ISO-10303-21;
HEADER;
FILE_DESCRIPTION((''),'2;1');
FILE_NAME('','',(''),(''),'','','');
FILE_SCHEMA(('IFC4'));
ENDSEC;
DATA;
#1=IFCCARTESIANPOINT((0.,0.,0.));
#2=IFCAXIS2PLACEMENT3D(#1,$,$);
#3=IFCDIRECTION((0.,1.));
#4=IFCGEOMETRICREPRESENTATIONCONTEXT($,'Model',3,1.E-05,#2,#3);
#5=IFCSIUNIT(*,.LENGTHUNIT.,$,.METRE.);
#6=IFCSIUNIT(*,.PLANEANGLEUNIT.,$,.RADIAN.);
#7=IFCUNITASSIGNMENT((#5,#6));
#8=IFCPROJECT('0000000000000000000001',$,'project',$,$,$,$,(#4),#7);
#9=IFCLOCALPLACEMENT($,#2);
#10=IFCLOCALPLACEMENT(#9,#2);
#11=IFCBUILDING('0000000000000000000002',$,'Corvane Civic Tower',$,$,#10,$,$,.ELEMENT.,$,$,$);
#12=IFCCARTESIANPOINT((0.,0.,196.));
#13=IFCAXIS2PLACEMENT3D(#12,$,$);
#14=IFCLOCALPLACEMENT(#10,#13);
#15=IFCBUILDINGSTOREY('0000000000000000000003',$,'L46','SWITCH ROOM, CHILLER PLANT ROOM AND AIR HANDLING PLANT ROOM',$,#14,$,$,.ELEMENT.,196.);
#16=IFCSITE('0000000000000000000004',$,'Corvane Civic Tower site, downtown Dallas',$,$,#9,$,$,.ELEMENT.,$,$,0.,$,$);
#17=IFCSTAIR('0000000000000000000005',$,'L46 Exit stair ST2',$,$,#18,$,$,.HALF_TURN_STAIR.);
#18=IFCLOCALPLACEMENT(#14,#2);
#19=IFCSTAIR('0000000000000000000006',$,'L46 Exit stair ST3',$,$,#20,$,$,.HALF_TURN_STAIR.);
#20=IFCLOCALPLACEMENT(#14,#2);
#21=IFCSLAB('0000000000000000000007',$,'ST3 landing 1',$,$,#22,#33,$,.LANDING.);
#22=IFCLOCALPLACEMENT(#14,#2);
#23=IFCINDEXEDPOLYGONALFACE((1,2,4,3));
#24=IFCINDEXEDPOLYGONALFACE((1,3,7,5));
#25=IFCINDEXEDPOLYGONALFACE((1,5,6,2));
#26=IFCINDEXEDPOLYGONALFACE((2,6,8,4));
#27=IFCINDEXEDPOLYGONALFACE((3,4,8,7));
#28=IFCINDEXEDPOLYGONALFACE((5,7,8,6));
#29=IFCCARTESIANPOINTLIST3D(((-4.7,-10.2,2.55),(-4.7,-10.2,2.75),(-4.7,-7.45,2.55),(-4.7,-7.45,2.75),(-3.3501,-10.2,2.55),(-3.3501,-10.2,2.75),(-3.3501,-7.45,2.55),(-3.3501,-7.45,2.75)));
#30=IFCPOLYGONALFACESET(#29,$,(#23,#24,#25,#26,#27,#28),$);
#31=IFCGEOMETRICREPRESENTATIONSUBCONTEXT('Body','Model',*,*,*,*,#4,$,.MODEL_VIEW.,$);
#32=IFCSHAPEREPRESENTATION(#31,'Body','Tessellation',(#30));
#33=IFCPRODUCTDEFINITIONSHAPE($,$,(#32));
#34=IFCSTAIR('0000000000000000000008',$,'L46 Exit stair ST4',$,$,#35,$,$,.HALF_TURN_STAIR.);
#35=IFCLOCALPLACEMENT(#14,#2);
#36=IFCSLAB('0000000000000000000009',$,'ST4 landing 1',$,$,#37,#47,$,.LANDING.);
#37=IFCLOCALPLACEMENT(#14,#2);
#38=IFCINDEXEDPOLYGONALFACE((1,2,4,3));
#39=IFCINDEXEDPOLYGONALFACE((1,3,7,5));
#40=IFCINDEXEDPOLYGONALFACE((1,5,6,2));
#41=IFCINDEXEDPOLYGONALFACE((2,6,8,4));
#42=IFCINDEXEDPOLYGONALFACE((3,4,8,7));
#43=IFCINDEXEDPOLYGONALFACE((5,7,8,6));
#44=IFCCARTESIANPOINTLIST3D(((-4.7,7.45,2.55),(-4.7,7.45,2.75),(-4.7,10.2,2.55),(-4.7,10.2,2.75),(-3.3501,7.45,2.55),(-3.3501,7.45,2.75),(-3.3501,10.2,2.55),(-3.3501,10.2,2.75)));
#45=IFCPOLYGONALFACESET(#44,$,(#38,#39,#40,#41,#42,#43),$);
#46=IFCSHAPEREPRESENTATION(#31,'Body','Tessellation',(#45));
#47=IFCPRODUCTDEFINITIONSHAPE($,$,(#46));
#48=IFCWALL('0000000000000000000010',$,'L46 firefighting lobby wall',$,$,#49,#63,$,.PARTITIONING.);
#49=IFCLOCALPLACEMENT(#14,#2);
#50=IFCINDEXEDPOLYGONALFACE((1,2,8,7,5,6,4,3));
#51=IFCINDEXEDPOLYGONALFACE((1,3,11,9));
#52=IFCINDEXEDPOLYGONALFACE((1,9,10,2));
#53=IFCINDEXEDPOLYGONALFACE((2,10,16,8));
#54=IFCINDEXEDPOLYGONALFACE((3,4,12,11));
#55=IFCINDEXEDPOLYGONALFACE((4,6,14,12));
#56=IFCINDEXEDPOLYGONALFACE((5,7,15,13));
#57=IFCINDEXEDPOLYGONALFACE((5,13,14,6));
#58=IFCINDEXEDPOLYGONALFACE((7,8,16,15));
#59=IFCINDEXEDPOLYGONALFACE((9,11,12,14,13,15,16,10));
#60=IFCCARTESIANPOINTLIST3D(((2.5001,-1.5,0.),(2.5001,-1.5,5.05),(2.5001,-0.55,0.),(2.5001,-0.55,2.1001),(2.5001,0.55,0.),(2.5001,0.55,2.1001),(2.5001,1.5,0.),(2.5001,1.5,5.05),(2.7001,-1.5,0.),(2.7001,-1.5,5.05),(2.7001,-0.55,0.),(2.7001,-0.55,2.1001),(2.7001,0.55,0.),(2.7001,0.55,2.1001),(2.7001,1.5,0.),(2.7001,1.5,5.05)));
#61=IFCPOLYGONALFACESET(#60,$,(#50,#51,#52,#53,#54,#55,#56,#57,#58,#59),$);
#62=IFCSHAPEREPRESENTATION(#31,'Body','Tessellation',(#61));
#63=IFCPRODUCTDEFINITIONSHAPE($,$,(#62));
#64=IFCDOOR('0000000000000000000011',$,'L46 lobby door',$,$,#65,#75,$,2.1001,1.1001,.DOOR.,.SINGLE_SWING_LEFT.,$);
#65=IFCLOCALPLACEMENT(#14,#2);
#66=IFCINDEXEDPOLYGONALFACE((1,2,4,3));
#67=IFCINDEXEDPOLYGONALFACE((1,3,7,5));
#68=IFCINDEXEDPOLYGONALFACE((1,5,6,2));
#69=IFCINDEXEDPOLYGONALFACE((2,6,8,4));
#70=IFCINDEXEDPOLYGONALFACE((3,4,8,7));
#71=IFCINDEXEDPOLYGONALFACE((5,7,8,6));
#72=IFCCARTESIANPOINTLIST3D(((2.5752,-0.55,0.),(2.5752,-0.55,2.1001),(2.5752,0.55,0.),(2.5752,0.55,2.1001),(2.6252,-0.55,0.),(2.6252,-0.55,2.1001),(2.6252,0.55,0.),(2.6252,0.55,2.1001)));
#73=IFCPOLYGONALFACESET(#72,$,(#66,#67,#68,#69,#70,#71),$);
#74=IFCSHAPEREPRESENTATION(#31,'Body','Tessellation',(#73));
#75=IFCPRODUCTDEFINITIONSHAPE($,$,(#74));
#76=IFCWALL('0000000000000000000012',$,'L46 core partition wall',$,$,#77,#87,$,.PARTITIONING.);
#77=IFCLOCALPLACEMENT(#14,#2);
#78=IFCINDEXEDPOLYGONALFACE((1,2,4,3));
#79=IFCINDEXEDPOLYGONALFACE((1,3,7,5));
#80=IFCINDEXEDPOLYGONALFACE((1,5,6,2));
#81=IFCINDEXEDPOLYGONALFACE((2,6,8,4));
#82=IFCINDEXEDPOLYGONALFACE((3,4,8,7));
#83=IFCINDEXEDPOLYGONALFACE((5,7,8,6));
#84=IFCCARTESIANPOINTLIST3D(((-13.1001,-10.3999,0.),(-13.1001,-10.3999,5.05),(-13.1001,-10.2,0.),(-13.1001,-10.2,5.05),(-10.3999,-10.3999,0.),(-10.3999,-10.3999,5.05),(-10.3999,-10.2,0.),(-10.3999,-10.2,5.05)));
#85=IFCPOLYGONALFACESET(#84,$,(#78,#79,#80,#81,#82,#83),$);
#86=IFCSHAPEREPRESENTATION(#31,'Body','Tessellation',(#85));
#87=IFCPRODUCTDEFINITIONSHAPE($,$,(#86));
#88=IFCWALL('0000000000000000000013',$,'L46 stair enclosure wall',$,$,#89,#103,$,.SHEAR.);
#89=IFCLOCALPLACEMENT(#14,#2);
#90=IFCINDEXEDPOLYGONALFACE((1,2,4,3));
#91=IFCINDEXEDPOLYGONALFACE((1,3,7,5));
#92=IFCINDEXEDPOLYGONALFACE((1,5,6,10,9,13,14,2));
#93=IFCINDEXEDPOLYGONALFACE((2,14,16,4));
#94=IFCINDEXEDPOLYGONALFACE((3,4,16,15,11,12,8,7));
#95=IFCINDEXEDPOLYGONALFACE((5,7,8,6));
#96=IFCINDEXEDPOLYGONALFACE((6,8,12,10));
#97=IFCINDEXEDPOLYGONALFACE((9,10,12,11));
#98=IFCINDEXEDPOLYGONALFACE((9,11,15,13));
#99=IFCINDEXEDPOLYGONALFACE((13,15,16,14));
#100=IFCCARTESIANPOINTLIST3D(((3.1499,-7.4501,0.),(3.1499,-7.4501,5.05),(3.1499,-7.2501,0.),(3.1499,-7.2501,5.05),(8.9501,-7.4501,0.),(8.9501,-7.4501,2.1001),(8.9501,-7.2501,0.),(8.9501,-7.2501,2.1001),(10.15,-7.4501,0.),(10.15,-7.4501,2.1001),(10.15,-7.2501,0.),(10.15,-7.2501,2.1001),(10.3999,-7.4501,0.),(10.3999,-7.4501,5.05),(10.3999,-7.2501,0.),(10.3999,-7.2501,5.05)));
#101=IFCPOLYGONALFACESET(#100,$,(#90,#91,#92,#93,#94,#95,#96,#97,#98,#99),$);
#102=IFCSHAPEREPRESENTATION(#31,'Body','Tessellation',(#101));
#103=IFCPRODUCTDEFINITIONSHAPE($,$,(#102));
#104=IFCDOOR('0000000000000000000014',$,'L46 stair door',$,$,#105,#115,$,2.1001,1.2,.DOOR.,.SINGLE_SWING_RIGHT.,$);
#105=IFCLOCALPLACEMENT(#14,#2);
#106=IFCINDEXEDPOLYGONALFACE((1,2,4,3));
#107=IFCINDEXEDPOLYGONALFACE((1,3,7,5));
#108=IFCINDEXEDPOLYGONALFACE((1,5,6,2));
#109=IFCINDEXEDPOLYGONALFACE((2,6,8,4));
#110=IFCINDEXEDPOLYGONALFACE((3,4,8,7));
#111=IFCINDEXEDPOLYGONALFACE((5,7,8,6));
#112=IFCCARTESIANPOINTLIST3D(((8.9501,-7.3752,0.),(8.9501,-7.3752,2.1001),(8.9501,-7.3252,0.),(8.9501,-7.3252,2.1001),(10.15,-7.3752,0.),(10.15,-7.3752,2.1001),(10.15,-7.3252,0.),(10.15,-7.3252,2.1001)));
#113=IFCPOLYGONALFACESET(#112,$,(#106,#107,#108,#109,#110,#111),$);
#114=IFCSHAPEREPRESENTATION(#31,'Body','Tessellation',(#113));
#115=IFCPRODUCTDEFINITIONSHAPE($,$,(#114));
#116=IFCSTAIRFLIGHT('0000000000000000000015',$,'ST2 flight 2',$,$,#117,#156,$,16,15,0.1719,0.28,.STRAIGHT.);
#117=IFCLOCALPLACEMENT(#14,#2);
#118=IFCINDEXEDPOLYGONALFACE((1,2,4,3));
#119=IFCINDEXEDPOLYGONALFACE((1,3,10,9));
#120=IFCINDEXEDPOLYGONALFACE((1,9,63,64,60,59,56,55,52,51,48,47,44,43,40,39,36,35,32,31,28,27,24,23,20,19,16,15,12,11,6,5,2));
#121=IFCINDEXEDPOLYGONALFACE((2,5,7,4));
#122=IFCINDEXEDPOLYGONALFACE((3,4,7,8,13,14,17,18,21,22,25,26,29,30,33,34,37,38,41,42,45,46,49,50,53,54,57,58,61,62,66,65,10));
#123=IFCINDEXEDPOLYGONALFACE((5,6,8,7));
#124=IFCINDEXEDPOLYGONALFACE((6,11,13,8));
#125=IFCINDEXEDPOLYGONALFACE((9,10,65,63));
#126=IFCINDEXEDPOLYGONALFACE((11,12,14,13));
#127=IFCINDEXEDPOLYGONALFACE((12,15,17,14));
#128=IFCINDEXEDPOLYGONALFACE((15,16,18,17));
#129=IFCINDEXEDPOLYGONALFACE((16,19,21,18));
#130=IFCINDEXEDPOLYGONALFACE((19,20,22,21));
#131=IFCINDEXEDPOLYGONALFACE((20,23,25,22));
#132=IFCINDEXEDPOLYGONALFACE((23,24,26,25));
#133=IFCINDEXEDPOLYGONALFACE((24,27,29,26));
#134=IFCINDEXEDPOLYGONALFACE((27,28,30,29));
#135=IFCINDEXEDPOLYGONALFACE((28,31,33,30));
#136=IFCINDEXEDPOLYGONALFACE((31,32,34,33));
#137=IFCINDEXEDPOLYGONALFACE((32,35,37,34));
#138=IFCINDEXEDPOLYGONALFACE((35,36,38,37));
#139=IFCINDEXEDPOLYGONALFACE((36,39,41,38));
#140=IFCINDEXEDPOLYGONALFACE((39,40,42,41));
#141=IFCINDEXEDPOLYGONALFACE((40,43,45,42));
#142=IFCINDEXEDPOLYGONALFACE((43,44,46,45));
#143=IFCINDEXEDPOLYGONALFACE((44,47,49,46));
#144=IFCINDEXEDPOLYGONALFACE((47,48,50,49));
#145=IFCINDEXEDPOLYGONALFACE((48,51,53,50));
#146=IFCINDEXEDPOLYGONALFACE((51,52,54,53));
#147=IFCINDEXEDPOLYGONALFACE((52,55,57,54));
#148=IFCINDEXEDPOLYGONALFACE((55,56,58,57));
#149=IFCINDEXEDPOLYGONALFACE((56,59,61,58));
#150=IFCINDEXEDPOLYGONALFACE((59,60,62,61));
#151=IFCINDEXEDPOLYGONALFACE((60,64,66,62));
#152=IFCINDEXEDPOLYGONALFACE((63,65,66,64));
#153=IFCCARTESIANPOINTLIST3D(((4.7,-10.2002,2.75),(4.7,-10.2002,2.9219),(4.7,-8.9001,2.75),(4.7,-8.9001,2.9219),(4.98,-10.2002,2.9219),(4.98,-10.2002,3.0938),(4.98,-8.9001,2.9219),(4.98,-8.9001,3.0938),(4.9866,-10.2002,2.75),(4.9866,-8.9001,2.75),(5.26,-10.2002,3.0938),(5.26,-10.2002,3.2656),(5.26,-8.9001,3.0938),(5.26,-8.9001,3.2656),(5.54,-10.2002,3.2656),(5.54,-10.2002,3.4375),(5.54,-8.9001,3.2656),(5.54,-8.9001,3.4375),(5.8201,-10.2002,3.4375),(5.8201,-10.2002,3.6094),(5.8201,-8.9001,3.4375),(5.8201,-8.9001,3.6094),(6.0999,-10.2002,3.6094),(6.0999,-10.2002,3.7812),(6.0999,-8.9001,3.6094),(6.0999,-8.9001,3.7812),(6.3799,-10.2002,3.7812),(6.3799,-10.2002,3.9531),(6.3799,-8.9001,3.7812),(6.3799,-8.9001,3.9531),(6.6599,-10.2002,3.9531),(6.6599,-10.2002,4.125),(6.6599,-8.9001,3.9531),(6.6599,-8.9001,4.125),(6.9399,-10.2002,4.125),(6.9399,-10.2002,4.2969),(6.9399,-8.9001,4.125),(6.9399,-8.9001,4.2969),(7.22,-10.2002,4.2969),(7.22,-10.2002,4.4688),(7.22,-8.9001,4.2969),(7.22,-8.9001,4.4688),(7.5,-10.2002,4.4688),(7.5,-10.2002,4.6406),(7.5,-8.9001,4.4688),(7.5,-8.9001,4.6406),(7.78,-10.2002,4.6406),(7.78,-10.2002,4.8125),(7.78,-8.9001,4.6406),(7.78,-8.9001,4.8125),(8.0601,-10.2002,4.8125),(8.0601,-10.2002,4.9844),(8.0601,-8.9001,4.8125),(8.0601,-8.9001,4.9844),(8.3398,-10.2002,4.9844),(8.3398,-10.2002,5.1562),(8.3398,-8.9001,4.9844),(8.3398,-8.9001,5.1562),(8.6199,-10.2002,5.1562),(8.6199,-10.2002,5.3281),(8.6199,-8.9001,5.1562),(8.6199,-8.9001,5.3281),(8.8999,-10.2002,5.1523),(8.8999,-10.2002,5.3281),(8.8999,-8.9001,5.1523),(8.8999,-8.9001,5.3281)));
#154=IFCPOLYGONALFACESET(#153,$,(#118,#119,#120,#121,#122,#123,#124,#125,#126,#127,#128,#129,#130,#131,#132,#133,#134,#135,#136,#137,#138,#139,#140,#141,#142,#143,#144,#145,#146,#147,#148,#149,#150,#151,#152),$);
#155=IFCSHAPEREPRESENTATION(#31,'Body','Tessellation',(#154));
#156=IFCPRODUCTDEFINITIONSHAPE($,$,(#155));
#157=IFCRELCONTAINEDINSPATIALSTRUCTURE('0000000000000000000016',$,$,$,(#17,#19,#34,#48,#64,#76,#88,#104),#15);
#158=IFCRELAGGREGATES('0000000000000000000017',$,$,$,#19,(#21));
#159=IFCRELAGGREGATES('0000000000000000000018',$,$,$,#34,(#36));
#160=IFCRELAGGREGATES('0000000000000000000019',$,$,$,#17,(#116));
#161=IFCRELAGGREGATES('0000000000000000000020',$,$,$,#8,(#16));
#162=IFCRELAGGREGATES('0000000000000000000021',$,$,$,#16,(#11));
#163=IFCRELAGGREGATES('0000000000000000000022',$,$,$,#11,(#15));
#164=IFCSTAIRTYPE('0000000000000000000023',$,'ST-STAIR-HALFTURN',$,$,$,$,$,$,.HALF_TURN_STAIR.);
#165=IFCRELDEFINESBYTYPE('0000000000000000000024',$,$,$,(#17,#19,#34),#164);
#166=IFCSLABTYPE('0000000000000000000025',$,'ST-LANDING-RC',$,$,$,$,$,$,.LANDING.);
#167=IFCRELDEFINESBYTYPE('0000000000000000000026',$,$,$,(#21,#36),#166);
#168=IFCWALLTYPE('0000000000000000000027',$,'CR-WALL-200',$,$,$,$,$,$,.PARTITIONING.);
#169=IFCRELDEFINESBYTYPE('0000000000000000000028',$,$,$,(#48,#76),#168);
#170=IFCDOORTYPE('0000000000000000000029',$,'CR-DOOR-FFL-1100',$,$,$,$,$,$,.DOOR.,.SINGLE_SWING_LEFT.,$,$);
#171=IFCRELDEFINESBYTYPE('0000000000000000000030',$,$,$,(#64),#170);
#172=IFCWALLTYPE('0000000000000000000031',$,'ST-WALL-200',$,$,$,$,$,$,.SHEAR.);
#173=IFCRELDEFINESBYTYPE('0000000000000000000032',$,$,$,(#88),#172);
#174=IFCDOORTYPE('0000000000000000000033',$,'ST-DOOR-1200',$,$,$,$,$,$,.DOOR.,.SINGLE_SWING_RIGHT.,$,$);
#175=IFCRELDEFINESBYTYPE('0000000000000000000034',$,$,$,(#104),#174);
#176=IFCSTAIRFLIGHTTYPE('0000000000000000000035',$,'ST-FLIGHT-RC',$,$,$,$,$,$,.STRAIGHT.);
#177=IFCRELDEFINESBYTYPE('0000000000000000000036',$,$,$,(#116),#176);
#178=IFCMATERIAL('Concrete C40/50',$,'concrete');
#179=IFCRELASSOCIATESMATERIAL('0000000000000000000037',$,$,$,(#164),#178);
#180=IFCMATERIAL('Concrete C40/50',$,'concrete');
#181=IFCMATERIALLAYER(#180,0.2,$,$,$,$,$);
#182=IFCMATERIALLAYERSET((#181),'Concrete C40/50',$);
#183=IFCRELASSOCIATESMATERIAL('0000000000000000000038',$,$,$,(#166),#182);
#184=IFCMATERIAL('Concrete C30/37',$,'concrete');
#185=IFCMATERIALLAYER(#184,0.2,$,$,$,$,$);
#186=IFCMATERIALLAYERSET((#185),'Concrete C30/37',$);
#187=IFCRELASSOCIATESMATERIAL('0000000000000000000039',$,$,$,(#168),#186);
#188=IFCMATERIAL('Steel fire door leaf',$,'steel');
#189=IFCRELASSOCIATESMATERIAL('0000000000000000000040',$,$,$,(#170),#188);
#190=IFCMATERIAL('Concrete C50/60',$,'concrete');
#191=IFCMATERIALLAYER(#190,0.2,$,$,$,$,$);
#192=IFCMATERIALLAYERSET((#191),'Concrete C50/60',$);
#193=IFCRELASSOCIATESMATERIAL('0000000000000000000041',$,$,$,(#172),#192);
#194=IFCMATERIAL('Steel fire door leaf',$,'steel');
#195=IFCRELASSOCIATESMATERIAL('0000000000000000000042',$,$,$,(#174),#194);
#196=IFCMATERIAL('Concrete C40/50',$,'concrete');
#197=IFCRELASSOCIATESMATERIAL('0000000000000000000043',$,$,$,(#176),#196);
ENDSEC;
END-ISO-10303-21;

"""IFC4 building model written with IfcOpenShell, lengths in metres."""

from ifc_helpers import new_model, si_unit, direction, frame, frame_2d, origin, place, context, subcontext, project, spatial, polyline, rectangle, outline, extrude, material, layer, layer_set, type_object, element, fill, aggregate, save


model = new_model("IFC4")

# Units and contexts
model_context = context("Model", 3, precision=1e-05, world=origin(), true_north=direction((0.0, 1.0)))
body_context = subcontext(model_context, "Body", "Model", "MODEL_VIEW")
ifc_project = project(units=[si_unit("LENGTHUNIT", "METRE"), si_unit("PLANEANGLEUNIT", "RADIAN")], contexts=[model_context])

# Site, building, storey
site_placement = place(None, origin())
site = spatial("IfcSite", under=ifc_project, at=site_placement, Name="Corvane Civic Tower site, downtown Dallas", CompositionType="ELEMENT", RefElevation=0.0)
building_placement = place(site_placement, origin())
building = spatial("IfcBuilding", under=site, at=building_placement, Name="Corvane Civic Tower", CompositionType="ELEMENT")
storey_placement = place(building_placement, frame((0.0, 0.0, 196.0)))
storey = spatial("IfcBuildingStorey", under=building, at=storey_placement, Name="L46", Description="SWITCH ROOM, CHILLER PLANT ROOM AND AIR HANDLING PLANT ROOM", CompositionType="ELEMENT", Elevation=196.0)

# Stairs, slabs
ifc_material_1 = material(Name="Concrete C40/50", Category="concrete")
stair_type = type_object("IfcStairType", Name="ST-STAIR-HALFTURN", PredefinedType="HALF_TURN_STAIR", material=ifc_material_1)
ifc_material_2 = material(Name="Concrete C40/50", Category="concrete")
ifc_layer_1 = layer(ifc_material_2, 0.2)
ifc_layer_set_1 = layer_set([ifc_layer_1], Name="Concrete C40/50")
slab_type_1 = type_object("IfcSlabType", Name="ST-LANDING-RC", PredefinedType="LANDING", material=ifc_layer_set_1)
stair_1_placement = place(storey_placement, origin())
stair_1 = element("IfcStair", 1, at=stair_1_placement, inside=storey, type_object=stair_type, Name="L46 Exit stair ST2", PredefinedType="HALF_TURN_STAIR")
stair_2_placement = place(storey_placement, origin())
stair_2 = element("IfcStair", 2, at=stair_2_placement, inside=storey, type_object=stair_type, Name="L46 Exit stair ST3", PredefinedType="HALF_TURN_STAIR")
slab_1_placement = place(storey_placement, frame((0.0, 0.0, 2.55)))
slab_1 = element("IfcSlab", 3, at=slab_1_placement, type_object=slab_type_1, Name="ST3 landing 1", PredefinedType="LANDING", context=body_context, shape_type="SweptSolid", body=[
    extrude(outline(polyline([(-4.7, -10.2), (-3.3501, -10.2), (-3.3501, -7.45), (-4.7, -7.45), (-4.7, -10.2)])), origin(), (0.0, 0.0, 1.0), 0.2),
])
aggregate(stair_2, [slab_1])
stair_3_placement = place(storey_placement, origin())
stair_3 = element("IfcStair", 4, at=stair_3_placement, inside=storey, type_object=stair_type, Name="L46 Exit stair ST4", PredefinedType="HALF_TURN_STAIR")
slab_2_placement = place(storey_placement, frame((0.0, 0.0, 2.55)))
slab_2 = element("IfcSlab", 5, at=slab_2_placement, type_object=slab_type_1, Name="ST4 landing 1", PredefinedType="LANDING", context=body_context, shape_type="SweptSolid", body=[
    extrude(outline(polyline([(-4.7, 7.45), (-3.3501, 7.45), (-3.3501, 10.2), (-4.7, 10.2), (-4.7, 7.45)])), origin(), (0.0, 0.0, 1.0), 0.2),
])
aggregate(stair_3, [slab_2])

# Wall, opening, door
ifc_material_3 = material(Name="Concrete C30/37", Category="concrete")
ifc_layer_2 = layer(ifc_material_3, 0.2)
ifc_layer_set_2 = layer_set([ifc_layer_2], Name="Concrete C30/37")
wall_type_1 = type_object("IfcWallType", Name="CR-WALL-200", PredefinedType="PARTITIONING", material=ifc_layer_set_2)
wall_1_placement = place(storey_placement, frame((2.6001, -1.5, 0.0), z_axis=(0.0, 0.0, 1.0), x_axis=(0.0, 1.0, 0.0)))
wall_1 = element("IfcWall", 6, at=wall_1_placement, inside=storey, type_object=wall_type_1, Name="L46 firefighting lobby wall", PredefinedType="PARTITIONING", context=body_context, shape_type="SweptSolid", body=[
    extrude(rectangle(XDim=3.0, YDim=0.2, at=frame_2d((1.5, 0.0))), origin(), (0.0, 0.0, 1.0), 5.05),
])
opening_1_placement = place(wall_1_placement, frame((0.95, 0.0, 0.0)))
opening_1 = element("IfcOpeningElement", 7, at=opening_1_placement, cuts=wall_1, PredefinedType="OPENING", context=body_context, shape_type="SweptSolid", body=[
    extrude(rectangle(XDim=1.1001, YDim=2.1001, at=frame_2d((0.55, 1.05))), frame((0.0, 0.1099, 0.0), z_axis=(0.0, -1.0, 0.0), x_axis=(1.0, 0.0, 0.0)), (0.0, 0.0, 1.0), 0.22),
])
ifc_material_4 = material(Name="Steel fire door leaf", Category="steel")
door_type_1 = type_object("IfcDoorType", Name="CR-DOOR-FFL-1100", OperationType="SINGLE_SWING_LEFT", PredefinedType="DOOR", material=ifc_material_4)
door_1_placement = place(opening_1_placement, origin())
door_1 = element("IfcDoor", 8, at=door_1_placement, inside=storey, type_object=door_type_1, Name="L46 lobby door", OperationType="SINGLE_SWING_LEFT", OverallHeight=2.1001, OverallWidth=1.1001, PredefinedType="DOOR", context=body_context, shape_type="SweptSolid", body=[
    extrude(rectangle(XDim=1.1001, YDim=2.1001, at=frame_2d((0.55, 1.05))), frame((0.0, 0.0249, 0.0), z_axis=(0.0, -1.0, 0.0), x_axis=(1.0, 0.0, 0.0)), (0.0, 0.0, 1.0), 0.05),
])
fill(opening_1, door_1)

# Wall
wall_2_placement = place(storey_placement, origin())
element("IfcWall", 9, at=wall_2_placement, inside=storey, type_object=wall_type_1, Name="L46 core partition wall", PredefinedType="PARTITIONING", context=body_context, shape_type="SweptSolid", body=[
    extrude(outline(polyline([(-10.3999, -10.3999), (-13.1001, -10.3999), (-13.1001, -10.2), (-10.3999, -10.2), (-10.3999, -10.3999)])), origin(), (0.0, 0.0, 1.0), 5.05),
])

# Wall, opening, door
ifc_material_5 = material(Name="Concrete C50/60", Category="concrete")
ifc_layer_3 = layer(ifc_material_5, 0.2)
ifc_layer_set_3 = layer_set([ifc_layer_3], Name="Concrete C50/60")
wall_type_2 = type_object("IfcWallType", Name="ST-WALL-200", PredefinedType="SHEAR", material=ifc_layer_set_3)
wall_3_placement = place(storey_placement, frame((3.1499, -7.3501, 0.0), z_axis=(0.0, 0.0, 1.0), x_axis=(1.0, 0.0, 0.0)))
wall_3 = element("IfcWall", 10, at=wall_3_placement, inside=storey, type_object=wall_type_2, Name="L46 stair enclosure wall", PredefinedType="SHEAR", context=body_context, shape_type="SweptSolid", body=[
    extrude(rectangle(XDim=7.25, YDim=0.2, at=frame_2d((3.625, 0.0))), origin(), (0.0, 0.0, 1.0), 5.05),
])
opening_2_placement = place(wall_3_placement, frame((5.8, 0.0, 0.0)))
opening_2 = element("IfcOpeningElement", 11, at=opening_2_placement, cuts=wall_3, PredefinedType="OPENING", context=body_context, shape_type="SweptSolid", body=[
    extrude(rectangle(XDim=1.2, YDim=2.1001, at=frame_2d((0.6001, 1.05))), frame((0.0, 0.1099, 0.0), z_axis=(0.0, -1.0, 0.0), x_axis=(1.0, 0.0, 0.0)), (0.0, 0.0, 1.0), 0.22),
])
ifc_material_6 = material(Name="Steel fire door leaf", Category="steel")
door_type_2 = type_object("IfcDoorType", Name="ST-DOOR-1200", OperationType="SINGLE_SWING_RIGHT", PredefinedType="DOOR", material=ifc_material_6)
door_2_placement = place(opening_2_placement, origin())
door_2 = element("IfcDoor", 12, at=door_2_placement, inside=storey, type_object=door_type_2, Name="L46 stair door", OperationType="SINGLE_SWING_RIGHT", OverallHeight=2.1001, OverallWidth=1.2, PredefinedType="DOOR", context=body_context, shape_type="SweptSolid", body=[
    extrude(rectangle(XDim=1.2, YDim=2.1001, at=frame_2d((0.6001, 1.05))), frame((0.0, 0.0249, 0.0), z_axis=(0.0, -1.0, 0.0), x_axis=(1.0, 0.0, 0.0)), (0.0, 0.0, 1.0), 0.05),
])
fill(opening_2, door_2)

# Stair flight
ifc_material_7 = material(Name="Concrete C40/50", Category="concrete")
stair_flight_type = type_object("IfcStairFlightType", Name="ST-FLIGHT-RC", PredefinedType="STRAIGHT", material=ifc_material_7)
stair_flight_placement = place(storey_placement, frame((4.7, -9.55, 2.75), z_axis=(0.0, 0.0, 1.0), x_axis=(1.0, 0.0, 0.0)))
stair_flight = element("IfcStairFlight", 13, at=stair_flight_placement, type_object=stair_flight_type, Name="ST2 flight 2", NumberOfRisers=16, NumberOfTreads=15, PredefinedType="STRAIGHT", RiserHeight=0.1719, TreadLength=0.28, context=body_context, shape_type="SweptSolid", body=[
    extrude(outline(polyline([(0.0, 0.0), (0.0, 0.1719), (0.28, 0.1719), (0.28, 0.3438), (0.5601, 0.3438), (0.5601, 0.5156), (0.8401, 0.5156), (0.8401, 0.6875), (1.1201, 0.6875), (1.1201, 0.8594), (1.3999, 0.8594), (1.3999, 1.0312), (1.6799, 1.0312), (1.6799, 1.2031), (1.96, 1.2031), (1.96, 1.375), (2.24, 1.375), (2.24, 1.5469), (2.52, 1.5469), (2.52, 1.7188), (2.8, 1.7188), (2.8, 1.8906), (3.0801, 1.8906), (3.0801, 2.0625), (3.3601, 2.0625), (3.3601, 2.2344), (3.6399, 2.2344), (3.6399, 2.4062), (3.9199, 2.4062), (3.9199, 2.5781), (4.2, 2.5781), (4.2, 2.75), (4.2, 2.4023), (0.2866, 0.0), (0.0, 0.0)])), frame((0.0, 0.6499, 0.0), z_axis=(0.0, -1.0, 0.0), x_axis=(1.0, 0.0, 0.0)), (0.0, 0.0, 1.0), 1.3),
])
aggregate(stair_1, [stair_flight])

save(model, "model.ifc")
